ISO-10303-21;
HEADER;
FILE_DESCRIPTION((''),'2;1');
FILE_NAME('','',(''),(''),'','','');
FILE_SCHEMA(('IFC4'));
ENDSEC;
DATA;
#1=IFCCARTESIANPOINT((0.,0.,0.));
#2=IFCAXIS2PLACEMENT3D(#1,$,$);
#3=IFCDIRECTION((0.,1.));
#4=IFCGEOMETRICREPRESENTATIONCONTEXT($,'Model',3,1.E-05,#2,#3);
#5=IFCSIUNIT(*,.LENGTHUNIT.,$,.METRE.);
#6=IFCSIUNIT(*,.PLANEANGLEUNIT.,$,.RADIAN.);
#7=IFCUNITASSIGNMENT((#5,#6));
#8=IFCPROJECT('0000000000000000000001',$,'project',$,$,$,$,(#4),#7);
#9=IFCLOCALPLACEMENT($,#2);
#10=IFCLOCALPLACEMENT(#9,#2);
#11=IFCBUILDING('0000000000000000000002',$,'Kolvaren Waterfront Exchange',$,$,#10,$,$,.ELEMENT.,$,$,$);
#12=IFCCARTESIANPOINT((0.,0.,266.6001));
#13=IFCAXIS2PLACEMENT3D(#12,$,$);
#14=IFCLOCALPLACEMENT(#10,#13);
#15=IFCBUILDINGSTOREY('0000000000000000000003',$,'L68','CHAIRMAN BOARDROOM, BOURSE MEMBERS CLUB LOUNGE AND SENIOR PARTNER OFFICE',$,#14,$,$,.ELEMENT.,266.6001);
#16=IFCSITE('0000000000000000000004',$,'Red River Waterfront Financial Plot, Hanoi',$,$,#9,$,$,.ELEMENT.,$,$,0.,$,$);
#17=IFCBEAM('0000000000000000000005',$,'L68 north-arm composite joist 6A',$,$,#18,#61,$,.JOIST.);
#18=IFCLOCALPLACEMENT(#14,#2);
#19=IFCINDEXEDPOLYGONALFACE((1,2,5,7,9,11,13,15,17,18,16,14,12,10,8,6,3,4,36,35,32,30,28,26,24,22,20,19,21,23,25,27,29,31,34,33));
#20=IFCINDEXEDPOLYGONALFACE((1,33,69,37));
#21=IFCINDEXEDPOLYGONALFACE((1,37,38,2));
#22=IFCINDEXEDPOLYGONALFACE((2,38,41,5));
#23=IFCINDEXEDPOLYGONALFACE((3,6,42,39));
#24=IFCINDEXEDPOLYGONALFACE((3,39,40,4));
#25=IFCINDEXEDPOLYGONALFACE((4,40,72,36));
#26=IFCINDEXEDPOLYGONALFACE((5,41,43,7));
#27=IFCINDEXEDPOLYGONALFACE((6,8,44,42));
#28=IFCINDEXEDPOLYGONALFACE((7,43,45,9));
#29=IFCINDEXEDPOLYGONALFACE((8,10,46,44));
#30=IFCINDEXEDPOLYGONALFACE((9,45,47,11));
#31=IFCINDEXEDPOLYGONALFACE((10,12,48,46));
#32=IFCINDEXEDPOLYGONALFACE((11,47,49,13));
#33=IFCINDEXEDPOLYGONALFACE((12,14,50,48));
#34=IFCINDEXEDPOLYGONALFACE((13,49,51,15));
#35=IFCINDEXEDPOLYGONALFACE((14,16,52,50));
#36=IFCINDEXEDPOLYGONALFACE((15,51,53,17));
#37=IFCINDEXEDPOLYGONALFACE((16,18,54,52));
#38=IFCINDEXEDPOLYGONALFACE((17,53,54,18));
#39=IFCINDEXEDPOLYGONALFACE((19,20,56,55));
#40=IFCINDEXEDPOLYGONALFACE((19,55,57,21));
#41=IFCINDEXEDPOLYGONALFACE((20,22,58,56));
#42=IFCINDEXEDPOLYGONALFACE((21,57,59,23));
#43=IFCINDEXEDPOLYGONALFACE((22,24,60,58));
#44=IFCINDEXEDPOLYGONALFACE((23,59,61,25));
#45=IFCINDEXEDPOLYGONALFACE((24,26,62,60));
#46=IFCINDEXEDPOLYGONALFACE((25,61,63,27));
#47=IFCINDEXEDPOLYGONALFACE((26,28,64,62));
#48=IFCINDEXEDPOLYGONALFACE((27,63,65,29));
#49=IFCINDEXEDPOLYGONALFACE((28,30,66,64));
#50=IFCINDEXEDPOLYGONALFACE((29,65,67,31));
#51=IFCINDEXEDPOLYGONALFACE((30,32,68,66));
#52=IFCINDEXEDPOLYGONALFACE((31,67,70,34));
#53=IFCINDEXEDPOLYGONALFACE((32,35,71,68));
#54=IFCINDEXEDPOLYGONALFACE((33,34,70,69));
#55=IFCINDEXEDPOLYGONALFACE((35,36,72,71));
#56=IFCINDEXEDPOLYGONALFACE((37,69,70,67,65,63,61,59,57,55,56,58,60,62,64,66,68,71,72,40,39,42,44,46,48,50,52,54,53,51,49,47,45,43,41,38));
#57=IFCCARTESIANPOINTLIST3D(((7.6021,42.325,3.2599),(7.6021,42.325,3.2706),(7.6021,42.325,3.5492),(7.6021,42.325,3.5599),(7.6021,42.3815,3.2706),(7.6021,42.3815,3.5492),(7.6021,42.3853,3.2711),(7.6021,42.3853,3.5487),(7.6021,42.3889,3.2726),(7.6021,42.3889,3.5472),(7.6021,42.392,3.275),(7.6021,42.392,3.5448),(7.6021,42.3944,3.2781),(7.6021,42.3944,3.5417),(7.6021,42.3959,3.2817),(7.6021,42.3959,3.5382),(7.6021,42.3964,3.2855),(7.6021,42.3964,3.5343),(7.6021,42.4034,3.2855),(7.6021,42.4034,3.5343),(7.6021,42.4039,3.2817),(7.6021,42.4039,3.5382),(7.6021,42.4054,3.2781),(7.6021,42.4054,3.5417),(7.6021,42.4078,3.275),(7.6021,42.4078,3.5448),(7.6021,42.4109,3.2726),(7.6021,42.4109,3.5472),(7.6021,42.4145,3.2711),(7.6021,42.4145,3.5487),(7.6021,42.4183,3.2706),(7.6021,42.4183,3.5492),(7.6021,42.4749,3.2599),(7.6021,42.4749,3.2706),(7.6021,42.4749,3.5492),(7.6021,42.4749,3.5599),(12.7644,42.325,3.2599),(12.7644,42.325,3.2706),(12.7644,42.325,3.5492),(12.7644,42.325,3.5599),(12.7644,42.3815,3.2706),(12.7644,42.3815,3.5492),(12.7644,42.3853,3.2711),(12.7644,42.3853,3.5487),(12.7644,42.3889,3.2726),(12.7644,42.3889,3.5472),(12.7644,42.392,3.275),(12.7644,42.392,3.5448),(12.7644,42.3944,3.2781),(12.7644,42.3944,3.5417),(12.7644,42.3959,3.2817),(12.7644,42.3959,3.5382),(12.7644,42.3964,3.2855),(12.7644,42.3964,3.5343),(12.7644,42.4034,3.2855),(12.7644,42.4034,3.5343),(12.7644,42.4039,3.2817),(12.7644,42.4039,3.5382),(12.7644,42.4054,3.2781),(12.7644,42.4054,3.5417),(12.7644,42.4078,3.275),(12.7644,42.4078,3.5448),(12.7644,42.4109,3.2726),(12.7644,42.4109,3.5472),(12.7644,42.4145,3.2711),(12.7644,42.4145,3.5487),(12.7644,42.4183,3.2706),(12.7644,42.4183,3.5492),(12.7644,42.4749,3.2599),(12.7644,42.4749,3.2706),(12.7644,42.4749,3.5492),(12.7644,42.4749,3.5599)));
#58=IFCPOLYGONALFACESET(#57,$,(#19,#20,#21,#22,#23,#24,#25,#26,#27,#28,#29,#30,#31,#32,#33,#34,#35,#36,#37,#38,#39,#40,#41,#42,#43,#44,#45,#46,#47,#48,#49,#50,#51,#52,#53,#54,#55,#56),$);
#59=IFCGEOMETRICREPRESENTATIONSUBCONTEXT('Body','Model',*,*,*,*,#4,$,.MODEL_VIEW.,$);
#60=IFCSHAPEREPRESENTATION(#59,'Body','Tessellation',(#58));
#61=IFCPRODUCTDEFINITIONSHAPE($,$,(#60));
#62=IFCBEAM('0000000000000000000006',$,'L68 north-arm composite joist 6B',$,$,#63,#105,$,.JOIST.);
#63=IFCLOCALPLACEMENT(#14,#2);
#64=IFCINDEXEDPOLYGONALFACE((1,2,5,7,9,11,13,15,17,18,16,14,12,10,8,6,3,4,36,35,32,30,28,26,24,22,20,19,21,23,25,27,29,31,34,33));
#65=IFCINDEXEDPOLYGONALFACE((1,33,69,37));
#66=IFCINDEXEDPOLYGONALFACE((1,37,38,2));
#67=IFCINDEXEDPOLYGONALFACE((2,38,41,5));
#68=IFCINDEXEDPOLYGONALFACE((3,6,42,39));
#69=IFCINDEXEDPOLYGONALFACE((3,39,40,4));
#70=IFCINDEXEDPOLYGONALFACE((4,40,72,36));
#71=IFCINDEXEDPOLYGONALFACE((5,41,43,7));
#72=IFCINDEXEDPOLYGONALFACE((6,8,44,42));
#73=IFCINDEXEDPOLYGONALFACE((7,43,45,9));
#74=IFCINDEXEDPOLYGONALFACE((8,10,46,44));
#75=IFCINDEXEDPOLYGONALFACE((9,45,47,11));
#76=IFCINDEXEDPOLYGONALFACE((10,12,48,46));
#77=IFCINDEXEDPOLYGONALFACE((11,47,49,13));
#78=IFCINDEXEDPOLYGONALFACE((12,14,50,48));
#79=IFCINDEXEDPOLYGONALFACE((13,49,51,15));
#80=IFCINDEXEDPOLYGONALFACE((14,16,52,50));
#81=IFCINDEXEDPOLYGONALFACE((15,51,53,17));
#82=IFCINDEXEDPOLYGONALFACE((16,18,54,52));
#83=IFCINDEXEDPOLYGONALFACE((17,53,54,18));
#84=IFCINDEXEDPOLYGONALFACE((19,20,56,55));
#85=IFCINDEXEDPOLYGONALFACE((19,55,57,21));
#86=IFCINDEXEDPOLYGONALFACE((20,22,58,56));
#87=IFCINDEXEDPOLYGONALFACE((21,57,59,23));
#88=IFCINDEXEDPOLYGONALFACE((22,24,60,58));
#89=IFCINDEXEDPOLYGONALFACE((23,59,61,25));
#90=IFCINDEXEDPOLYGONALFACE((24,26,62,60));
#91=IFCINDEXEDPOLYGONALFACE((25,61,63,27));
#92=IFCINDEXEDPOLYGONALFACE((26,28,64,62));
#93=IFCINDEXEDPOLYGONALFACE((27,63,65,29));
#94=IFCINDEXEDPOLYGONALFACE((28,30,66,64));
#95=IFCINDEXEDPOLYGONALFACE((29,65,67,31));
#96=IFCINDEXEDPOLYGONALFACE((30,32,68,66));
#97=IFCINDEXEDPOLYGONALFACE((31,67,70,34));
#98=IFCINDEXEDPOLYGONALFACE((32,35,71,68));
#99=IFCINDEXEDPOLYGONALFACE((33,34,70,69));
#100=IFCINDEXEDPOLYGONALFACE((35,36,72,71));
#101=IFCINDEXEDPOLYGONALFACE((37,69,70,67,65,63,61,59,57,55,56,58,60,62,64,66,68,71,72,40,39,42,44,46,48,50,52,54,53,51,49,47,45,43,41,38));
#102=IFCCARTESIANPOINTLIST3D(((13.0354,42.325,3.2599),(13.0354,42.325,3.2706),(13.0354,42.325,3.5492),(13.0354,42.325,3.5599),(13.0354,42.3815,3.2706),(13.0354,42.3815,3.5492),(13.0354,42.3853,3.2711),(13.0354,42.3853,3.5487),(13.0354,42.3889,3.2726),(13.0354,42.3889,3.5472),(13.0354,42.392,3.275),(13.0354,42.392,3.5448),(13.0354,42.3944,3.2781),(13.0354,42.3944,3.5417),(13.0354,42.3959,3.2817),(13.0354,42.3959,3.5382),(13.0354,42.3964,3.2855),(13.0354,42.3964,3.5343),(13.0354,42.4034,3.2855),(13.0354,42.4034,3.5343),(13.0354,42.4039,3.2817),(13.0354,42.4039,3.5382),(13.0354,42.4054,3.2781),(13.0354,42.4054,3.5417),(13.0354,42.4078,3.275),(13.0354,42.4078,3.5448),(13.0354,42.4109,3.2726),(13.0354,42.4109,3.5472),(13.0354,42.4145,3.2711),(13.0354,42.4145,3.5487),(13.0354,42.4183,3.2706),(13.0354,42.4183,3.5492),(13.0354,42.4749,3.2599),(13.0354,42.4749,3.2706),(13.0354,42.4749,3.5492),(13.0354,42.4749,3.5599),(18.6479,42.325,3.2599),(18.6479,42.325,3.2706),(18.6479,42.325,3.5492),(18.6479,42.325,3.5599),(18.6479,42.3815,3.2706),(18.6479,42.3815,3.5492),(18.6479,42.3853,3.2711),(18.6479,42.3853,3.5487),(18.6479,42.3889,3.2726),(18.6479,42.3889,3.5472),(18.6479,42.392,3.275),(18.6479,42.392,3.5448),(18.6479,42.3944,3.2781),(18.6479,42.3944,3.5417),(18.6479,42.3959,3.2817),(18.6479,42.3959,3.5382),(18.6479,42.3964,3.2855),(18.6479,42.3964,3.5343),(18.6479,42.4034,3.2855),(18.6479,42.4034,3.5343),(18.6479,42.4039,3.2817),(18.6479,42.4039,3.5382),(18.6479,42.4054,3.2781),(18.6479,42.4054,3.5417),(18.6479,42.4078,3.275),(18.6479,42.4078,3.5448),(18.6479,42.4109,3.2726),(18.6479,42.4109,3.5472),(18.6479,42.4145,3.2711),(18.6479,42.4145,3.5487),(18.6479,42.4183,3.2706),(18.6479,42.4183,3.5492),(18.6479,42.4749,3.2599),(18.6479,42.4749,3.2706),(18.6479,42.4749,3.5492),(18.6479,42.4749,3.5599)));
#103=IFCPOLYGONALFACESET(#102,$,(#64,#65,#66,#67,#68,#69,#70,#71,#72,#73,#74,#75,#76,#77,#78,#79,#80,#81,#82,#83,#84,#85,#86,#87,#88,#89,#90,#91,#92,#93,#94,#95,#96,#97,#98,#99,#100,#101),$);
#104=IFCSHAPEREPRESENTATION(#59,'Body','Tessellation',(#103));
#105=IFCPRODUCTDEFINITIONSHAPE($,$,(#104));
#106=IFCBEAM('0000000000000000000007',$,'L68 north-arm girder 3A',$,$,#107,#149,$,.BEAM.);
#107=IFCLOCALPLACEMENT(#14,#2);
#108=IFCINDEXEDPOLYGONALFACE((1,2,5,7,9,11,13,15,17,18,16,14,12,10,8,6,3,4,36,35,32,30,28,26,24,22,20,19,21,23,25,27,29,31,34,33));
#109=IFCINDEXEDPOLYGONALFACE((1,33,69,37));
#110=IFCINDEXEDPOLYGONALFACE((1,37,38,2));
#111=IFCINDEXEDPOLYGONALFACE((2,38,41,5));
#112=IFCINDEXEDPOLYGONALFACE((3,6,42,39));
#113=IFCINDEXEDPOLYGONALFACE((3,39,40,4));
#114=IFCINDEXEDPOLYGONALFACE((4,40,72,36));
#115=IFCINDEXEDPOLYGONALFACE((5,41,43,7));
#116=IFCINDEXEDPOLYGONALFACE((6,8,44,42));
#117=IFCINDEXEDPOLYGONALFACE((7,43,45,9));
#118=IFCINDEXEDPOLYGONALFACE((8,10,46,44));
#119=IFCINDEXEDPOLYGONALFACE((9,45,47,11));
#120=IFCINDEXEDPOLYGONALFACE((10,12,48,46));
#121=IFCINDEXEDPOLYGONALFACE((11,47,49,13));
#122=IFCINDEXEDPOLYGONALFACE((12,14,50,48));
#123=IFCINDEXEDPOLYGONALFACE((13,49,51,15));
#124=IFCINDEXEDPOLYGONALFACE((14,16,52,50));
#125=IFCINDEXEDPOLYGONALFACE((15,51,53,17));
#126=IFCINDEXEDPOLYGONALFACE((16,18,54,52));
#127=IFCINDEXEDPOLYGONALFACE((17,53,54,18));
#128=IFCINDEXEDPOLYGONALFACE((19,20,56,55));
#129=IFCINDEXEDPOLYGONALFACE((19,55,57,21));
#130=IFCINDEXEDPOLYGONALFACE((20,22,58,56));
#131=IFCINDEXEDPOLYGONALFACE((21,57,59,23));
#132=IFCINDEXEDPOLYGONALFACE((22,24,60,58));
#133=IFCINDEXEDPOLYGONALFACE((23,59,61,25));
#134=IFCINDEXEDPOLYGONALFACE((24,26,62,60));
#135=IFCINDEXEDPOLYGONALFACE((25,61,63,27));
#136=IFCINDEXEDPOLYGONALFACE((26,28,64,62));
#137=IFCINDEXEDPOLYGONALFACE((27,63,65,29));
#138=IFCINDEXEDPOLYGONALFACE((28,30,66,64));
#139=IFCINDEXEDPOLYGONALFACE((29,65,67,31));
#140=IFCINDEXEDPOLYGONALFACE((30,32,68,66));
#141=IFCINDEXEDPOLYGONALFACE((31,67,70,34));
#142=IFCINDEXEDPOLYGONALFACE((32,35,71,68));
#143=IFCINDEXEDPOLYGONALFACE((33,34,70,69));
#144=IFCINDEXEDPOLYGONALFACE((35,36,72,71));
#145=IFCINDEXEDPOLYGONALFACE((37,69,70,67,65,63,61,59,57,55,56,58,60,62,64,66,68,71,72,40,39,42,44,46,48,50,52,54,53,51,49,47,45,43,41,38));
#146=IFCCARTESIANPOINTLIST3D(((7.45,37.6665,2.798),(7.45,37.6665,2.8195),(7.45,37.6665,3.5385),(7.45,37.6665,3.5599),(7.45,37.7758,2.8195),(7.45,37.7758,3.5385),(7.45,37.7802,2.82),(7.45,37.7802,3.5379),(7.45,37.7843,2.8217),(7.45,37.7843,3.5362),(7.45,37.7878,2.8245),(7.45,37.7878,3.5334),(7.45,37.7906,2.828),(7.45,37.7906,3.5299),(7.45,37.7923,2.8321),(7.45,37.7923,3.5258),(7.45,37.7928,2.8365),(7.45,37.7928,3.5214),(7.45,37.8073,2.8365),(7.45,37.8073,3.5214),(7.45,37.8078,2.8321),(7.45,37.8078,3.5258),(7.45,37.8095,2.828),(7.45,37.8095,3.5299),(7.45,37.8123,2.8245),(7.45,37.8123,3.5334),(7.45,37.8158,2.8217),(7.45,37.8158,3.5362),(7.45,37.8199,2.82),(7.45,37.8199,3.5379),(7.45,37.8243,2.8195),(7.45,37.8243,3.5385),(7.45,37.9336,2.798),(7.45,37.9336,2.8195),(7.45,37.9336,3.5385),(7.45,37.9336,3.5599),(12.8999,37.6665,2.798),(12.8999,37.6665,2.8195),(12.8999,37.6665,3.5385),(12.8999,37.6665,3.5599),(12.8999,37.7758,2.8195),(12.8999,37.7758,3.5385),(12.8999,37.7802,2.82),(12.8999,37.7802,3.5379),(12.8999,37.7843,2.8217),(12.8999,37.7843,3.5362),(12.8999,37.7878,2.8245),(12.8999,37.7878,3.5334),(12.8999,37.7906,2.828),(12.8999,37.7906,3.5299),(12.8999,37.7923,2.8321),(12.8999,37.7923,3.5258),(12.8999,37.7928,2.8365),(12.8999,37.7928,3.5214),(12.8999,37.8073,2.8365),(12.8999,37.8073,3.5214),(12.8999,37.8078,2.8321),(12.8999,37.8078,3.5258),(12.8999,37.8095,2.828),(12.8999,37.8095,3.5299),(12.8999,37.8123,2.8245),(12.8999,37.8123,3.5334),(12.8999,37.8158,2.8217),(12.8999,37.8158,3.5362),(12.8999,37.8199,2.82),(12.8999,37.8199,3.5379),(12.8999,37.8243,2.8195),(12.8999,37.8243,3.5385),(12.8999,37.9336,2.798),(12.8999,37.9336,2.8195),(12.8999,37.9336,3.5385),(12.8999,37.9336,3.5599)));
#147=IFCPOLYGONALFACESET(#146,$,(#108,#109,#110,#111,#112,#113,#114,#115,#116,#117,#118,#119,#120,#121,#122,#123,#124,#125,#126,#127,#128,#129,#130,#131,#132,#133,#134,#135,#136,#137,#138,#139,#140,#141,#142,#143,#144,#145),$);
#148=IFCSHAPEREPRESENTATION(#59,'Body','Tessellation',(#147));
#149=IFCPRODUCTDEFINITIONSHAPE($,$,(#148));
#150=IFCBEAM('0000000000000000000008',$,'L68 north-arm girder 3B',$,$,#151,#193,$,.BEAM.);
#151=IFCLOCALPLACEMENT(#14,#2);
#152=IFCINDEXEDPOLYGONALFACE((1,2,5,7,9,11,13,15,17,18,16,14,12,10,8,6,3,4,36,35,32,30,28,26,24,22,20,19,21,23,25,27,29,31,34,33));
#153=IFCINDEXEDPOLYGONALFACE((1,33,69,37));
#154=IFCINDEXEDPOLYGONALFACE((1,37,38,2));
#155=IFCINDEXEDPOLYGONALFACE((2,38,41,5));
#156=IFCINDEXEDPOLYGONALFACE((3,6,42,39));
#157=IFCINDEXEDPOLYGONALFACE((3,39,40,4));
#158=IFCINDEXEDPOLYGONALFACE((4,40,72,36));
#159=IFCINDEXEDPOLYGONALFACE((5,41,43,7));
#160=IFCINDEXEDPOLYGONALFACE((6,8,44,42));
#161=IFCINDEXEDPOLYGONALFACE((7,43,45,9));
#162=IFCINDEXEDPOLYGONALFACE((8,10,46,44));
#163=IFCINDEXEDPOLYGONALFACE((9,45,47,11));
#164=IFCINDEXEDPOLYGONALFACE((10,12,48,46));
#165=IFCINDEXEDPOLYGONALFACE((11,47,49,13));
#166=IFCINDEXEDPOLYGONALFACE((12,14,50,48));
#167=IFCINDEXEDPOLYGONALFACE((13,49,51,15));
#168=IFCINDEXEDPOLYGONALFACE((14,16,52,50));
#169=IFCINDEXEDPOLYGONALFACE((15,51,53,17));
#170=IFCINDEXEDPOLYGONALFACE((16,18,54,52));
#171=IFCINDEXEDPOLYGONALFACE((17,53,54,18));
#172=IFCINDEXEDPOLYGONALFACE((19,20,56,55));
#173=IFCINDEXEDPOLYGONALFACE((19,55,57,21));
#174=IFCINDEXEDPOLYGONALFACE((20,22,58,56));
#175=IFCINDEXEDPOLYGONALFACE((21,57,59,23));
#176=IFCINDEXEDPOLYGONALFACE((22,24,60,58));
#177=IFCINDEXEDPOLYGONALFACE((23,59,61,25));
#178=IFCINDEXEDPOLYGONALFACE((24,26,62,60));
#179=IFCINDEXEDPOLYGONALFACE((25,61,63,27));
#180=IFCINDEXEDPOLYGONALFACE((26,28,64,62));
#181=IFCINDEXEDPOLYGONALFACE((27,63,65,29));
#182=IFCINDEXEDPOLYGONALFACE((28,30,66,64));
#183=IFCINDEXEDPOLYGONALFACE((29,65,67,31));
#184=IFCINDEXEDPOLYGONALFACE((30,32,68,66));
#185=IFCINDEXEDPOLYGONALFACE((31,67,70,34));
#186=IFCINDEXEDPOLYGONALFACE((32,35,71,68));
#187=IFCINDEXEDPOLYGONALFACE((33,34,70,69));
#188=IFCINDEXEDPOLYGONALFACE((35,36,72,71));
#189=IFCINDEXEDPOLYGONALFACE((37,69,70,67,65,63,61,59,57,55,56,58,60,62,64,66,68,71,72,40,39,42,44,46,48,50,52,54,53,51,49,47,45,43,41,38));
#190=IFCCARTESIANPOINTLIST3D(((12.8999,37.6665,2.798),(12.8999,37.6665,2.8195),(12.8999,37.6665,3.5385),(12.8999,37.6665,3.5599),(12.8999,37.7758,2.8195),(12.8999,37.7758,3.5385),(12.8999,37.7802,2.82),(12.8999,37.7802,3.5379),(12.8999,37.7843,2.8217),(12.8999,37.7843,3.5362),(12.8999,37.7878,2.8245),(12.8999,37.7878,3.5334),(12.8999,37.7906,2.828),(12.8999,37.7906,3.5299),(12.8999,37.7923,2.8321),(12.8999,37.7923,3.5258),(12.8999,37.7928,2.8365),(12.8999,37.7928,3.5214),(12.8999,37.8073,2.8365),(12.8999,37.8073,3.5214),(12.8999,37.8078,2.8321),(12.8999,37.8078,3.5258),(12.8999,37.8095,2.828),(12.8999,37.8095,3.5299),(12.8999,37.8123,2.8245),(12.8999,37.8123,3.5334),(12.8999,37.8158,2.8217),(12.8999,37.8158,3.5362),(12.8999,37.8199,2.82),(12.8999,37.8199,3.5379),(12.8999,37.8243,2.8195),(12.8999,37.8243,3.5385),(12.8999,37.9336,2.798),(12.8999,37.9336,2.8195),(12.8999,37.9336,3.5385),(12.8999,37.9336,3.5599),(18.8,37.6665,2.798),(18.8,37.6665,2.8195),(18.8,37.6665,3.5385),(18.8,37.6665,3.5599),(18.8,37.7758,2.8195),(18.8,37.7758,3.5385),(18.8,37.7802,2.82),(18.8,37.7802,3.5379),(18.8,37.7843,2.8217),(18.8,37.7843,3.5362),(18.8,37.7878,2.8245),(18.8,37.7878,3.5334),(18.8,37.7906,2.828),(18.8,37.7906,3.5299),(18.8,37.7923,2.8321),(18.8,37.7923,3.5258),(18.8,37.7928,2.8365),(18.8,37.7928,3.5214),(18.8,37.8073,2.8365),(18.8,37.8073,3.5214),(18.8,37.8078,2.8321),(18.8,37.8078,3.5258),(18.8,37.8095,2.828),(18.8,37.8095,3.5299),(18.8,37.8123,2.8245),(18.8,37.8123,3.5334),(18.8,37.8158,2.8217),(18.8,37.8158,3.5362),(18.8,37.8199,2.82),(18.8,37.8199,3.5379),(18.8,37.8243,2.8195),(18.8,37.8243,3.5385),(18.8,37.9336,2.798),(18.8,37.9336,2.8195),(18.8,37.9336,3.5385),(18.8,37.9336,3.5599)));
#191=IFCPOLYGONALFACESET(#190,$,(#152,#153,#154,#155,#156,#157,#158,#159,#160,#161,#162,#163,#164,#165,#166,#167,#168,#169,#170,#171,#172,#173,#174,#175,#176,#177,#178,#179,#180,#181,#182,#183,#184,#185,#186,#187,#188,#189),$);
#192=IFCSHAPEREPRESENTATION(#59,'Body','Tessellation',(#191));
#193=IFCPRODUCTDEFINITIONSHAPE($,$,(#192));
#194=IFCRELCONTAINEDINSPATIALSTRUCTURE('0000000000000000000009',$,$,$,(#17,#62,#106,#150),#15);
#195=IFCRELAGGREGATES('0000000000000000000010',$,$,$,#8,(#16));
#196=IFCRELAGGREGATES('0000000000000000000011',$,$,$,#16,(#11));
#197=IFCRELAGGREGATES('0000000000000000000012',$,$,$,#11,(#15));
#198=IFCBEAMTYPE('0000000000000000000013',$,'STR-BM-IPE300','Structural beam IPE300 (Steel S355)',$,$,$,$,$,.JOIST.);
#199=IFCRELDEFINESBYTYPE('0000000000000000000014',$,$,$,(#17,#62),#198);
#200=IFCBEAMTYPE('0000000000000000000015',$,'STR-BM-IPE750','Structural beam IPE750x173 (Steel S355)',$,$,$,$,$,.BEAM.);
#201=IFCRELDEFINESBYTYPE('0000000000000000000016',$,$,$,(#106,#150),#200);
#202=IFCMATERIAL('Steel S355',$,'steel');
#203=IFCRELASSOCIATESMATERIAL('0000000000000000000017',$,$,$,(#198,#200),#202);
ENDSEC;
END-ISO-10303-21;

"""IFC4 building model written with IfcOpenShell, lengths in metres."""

from ifc_helpers import new_model, si_unit, direction, frame, origin, origin_2d, place, context, subcontext, project, spatial, i_section, extrude, material, material_profile, profile_set, type_object, element, save


model = new_model("IFC4")

# Units and contexts
model_context = context("Model", 3, precision=1e-05, world=origin(), true_north=direction((0.0, 1.0)))
body_context = subcontext(model_context, "Body", "Model", "MODEL_VIEW")
ifc_project = project(units=[si_unit("LENGTHUNIT", "METRE"), si_unit("PLANEANGLEUNIT", "RADIAN")], contexts=[model_context])

# Site, building, storey
site_placement = place(None, origin())
site = spatial("IfcSite", under=ifc_project, at=site_placement, Name="Red River Waterfront Financial Plot, Hanoi", CompositionType="ELEMENT", RefElevation=0.0)
building_placement = place(site_placement, origin())
building = spatial("IfcBuilding", under=site, at=building_placement, Name="Kolvaren Waterfront Exchange", CompositionType="ELEMENT")
storey_placement = place(building_placement, frame((0.0, 0.0, 266.6001)))
storey = spatial("IfcBuildingStorey", under=building, at=storey_placement, Name="L68", Description="CHAIRMAN BOARDROOM, BOURSE MEMBERS CLUB LOUNGE AND SENIOR PARTNER OFFICE", CompositionType="ELEMENT", Elevation=266.6001)

# Beams
ifc_material_1 = material(Name="Steel S355", Category="steel")
ifc_material_profile_1 = material_profile(ifc_material_1, i_section(OverallWidth=0.1499, OverallDepth=0.3, WebThickness=0.0071, FlangeThickness=0.0107, FilletRadius=0.0149, at=origin_2d()), Name="IPE300")
ifc_profile_set_1 = profile_set([ifc_material_profile_1], Name="Steel S355")
beam_type_1 = type_object("IfcBeamType", Name="STR-BM-IPE300", Description="Structural beam IPE300 (Steel S355)", PredefinedType="JOIST", material=ifc_profile_set_1)
beam_1_placement = place(storey_placement, frame((7.6021, 42.3999, 3.4099), z_axis=(1.0, 0.0, 0.0), x_axis=(0.0, 1.0, 0.0)))
element("IfcBeam", 1, at=beam_1_placement, inside=storey, type_object=beam_type_1, Name="L68 north-arm composite joist 6A", PredefinedType="JOIST", context=body_context, shape_type="SweptSolid", body=[
    extrude(i_section(OverallWidth=0.1499, OverallDepth=0.3, WebThickness=0.0071, FlangeThickness=0.0107, FilletRadius=0.0149, at=origin_2d()), origin(), (0.0, 0.0, 1.0), 5.1624),
])
beam_2_placement = place(storey_placement, frame((13.0354, 42.3999, 3.4099), z_axis=(1.0, 0.0, 0.0), x_axis=(0.0, 1.0, 0.0)))
element("IfcBeam", 2, at=beam_2_placement, inside=storey, type_object=beam_type_1, Name="L68 north-arm composite joist 6B", PredefinedType="JOIST", context=body_context, shape_type="SweptSolid", body=[
    extrude(i_section(OverallWidth=0.1499, OverallDepth=0.3, WebThickness=0.0071, FlangeThickness=0.0107, FilletRadius=0.0149, at=origin_2d()), origin(), (0.0, 0.0, 1.0), 5.6125),
])
ifc_material_profile_2 = material_profile(ifc_material_1, i_section(OverallWidth=0.2671, OverallDepth=0.762, WebThickness=0.0144, FlangeThickness=0.0215, FilletRadius=0.0171, at=origin_2d()), Name="IPE750x173")
ifc_profile_set_2 = profile_set([ifc_material_profile_2], Name="Steel S355")
beam_type_2 = type_object("IfcBeamType", Name="STR-BM-IPE750", Description="Structural beam IPE750x173 (Steel S355)", PredefinedType="BEAM", material=ifc_profile_set_2)
beam_3_placement = place(storey_placement, frame((7.45, 37.8, 3.179), z_axis=(1.0, 0.0, 0.0), x_axis=(0.0, 1.0, 0.0)))
element("IfcBeam", 3, at=beam_3_placement, inside=storey, type_object=beam_type_2, Name="L68 north-arm girder 3A", PredefinedType="BEAM", context=body_context, shape_type="SweptSolid", body=[
    extrude(i_section(OverallWidth=0.2671, OverallDepth=0.762, WebThickness=0.0144, FlangeThickness=0.0215, FilletRadius=0.0171, at=origin_2d()), origin(), (0.0, 0.0, 1.0), 5.45),
])
beam_4_placement = place(storey_placement, frame((12.8999, 37.8, 3.179), z_axis=(1.0, 0.0, 0.0), x_axis=(0.0, 1.0, 0.0)))
element("IfcBeam", 4, at=beam_4_placement, inside=storey, type_object=beam_type_2, Name="L68 north-arm girder 3B", PredefinedType="BEAM", context=body_context, shape_type="SweptSolid", body=[
    extrude(i_section(OverallWidth=0.2671, OverallDepth=0.762, WebThickness=0.0144, FlangeThickness=0.0215, FilletRadius=0.0171, at=origin_2d()), origin(), (0.0, 0.0, 1.0), 5.9001),
])

save(model, "model.ifc")
